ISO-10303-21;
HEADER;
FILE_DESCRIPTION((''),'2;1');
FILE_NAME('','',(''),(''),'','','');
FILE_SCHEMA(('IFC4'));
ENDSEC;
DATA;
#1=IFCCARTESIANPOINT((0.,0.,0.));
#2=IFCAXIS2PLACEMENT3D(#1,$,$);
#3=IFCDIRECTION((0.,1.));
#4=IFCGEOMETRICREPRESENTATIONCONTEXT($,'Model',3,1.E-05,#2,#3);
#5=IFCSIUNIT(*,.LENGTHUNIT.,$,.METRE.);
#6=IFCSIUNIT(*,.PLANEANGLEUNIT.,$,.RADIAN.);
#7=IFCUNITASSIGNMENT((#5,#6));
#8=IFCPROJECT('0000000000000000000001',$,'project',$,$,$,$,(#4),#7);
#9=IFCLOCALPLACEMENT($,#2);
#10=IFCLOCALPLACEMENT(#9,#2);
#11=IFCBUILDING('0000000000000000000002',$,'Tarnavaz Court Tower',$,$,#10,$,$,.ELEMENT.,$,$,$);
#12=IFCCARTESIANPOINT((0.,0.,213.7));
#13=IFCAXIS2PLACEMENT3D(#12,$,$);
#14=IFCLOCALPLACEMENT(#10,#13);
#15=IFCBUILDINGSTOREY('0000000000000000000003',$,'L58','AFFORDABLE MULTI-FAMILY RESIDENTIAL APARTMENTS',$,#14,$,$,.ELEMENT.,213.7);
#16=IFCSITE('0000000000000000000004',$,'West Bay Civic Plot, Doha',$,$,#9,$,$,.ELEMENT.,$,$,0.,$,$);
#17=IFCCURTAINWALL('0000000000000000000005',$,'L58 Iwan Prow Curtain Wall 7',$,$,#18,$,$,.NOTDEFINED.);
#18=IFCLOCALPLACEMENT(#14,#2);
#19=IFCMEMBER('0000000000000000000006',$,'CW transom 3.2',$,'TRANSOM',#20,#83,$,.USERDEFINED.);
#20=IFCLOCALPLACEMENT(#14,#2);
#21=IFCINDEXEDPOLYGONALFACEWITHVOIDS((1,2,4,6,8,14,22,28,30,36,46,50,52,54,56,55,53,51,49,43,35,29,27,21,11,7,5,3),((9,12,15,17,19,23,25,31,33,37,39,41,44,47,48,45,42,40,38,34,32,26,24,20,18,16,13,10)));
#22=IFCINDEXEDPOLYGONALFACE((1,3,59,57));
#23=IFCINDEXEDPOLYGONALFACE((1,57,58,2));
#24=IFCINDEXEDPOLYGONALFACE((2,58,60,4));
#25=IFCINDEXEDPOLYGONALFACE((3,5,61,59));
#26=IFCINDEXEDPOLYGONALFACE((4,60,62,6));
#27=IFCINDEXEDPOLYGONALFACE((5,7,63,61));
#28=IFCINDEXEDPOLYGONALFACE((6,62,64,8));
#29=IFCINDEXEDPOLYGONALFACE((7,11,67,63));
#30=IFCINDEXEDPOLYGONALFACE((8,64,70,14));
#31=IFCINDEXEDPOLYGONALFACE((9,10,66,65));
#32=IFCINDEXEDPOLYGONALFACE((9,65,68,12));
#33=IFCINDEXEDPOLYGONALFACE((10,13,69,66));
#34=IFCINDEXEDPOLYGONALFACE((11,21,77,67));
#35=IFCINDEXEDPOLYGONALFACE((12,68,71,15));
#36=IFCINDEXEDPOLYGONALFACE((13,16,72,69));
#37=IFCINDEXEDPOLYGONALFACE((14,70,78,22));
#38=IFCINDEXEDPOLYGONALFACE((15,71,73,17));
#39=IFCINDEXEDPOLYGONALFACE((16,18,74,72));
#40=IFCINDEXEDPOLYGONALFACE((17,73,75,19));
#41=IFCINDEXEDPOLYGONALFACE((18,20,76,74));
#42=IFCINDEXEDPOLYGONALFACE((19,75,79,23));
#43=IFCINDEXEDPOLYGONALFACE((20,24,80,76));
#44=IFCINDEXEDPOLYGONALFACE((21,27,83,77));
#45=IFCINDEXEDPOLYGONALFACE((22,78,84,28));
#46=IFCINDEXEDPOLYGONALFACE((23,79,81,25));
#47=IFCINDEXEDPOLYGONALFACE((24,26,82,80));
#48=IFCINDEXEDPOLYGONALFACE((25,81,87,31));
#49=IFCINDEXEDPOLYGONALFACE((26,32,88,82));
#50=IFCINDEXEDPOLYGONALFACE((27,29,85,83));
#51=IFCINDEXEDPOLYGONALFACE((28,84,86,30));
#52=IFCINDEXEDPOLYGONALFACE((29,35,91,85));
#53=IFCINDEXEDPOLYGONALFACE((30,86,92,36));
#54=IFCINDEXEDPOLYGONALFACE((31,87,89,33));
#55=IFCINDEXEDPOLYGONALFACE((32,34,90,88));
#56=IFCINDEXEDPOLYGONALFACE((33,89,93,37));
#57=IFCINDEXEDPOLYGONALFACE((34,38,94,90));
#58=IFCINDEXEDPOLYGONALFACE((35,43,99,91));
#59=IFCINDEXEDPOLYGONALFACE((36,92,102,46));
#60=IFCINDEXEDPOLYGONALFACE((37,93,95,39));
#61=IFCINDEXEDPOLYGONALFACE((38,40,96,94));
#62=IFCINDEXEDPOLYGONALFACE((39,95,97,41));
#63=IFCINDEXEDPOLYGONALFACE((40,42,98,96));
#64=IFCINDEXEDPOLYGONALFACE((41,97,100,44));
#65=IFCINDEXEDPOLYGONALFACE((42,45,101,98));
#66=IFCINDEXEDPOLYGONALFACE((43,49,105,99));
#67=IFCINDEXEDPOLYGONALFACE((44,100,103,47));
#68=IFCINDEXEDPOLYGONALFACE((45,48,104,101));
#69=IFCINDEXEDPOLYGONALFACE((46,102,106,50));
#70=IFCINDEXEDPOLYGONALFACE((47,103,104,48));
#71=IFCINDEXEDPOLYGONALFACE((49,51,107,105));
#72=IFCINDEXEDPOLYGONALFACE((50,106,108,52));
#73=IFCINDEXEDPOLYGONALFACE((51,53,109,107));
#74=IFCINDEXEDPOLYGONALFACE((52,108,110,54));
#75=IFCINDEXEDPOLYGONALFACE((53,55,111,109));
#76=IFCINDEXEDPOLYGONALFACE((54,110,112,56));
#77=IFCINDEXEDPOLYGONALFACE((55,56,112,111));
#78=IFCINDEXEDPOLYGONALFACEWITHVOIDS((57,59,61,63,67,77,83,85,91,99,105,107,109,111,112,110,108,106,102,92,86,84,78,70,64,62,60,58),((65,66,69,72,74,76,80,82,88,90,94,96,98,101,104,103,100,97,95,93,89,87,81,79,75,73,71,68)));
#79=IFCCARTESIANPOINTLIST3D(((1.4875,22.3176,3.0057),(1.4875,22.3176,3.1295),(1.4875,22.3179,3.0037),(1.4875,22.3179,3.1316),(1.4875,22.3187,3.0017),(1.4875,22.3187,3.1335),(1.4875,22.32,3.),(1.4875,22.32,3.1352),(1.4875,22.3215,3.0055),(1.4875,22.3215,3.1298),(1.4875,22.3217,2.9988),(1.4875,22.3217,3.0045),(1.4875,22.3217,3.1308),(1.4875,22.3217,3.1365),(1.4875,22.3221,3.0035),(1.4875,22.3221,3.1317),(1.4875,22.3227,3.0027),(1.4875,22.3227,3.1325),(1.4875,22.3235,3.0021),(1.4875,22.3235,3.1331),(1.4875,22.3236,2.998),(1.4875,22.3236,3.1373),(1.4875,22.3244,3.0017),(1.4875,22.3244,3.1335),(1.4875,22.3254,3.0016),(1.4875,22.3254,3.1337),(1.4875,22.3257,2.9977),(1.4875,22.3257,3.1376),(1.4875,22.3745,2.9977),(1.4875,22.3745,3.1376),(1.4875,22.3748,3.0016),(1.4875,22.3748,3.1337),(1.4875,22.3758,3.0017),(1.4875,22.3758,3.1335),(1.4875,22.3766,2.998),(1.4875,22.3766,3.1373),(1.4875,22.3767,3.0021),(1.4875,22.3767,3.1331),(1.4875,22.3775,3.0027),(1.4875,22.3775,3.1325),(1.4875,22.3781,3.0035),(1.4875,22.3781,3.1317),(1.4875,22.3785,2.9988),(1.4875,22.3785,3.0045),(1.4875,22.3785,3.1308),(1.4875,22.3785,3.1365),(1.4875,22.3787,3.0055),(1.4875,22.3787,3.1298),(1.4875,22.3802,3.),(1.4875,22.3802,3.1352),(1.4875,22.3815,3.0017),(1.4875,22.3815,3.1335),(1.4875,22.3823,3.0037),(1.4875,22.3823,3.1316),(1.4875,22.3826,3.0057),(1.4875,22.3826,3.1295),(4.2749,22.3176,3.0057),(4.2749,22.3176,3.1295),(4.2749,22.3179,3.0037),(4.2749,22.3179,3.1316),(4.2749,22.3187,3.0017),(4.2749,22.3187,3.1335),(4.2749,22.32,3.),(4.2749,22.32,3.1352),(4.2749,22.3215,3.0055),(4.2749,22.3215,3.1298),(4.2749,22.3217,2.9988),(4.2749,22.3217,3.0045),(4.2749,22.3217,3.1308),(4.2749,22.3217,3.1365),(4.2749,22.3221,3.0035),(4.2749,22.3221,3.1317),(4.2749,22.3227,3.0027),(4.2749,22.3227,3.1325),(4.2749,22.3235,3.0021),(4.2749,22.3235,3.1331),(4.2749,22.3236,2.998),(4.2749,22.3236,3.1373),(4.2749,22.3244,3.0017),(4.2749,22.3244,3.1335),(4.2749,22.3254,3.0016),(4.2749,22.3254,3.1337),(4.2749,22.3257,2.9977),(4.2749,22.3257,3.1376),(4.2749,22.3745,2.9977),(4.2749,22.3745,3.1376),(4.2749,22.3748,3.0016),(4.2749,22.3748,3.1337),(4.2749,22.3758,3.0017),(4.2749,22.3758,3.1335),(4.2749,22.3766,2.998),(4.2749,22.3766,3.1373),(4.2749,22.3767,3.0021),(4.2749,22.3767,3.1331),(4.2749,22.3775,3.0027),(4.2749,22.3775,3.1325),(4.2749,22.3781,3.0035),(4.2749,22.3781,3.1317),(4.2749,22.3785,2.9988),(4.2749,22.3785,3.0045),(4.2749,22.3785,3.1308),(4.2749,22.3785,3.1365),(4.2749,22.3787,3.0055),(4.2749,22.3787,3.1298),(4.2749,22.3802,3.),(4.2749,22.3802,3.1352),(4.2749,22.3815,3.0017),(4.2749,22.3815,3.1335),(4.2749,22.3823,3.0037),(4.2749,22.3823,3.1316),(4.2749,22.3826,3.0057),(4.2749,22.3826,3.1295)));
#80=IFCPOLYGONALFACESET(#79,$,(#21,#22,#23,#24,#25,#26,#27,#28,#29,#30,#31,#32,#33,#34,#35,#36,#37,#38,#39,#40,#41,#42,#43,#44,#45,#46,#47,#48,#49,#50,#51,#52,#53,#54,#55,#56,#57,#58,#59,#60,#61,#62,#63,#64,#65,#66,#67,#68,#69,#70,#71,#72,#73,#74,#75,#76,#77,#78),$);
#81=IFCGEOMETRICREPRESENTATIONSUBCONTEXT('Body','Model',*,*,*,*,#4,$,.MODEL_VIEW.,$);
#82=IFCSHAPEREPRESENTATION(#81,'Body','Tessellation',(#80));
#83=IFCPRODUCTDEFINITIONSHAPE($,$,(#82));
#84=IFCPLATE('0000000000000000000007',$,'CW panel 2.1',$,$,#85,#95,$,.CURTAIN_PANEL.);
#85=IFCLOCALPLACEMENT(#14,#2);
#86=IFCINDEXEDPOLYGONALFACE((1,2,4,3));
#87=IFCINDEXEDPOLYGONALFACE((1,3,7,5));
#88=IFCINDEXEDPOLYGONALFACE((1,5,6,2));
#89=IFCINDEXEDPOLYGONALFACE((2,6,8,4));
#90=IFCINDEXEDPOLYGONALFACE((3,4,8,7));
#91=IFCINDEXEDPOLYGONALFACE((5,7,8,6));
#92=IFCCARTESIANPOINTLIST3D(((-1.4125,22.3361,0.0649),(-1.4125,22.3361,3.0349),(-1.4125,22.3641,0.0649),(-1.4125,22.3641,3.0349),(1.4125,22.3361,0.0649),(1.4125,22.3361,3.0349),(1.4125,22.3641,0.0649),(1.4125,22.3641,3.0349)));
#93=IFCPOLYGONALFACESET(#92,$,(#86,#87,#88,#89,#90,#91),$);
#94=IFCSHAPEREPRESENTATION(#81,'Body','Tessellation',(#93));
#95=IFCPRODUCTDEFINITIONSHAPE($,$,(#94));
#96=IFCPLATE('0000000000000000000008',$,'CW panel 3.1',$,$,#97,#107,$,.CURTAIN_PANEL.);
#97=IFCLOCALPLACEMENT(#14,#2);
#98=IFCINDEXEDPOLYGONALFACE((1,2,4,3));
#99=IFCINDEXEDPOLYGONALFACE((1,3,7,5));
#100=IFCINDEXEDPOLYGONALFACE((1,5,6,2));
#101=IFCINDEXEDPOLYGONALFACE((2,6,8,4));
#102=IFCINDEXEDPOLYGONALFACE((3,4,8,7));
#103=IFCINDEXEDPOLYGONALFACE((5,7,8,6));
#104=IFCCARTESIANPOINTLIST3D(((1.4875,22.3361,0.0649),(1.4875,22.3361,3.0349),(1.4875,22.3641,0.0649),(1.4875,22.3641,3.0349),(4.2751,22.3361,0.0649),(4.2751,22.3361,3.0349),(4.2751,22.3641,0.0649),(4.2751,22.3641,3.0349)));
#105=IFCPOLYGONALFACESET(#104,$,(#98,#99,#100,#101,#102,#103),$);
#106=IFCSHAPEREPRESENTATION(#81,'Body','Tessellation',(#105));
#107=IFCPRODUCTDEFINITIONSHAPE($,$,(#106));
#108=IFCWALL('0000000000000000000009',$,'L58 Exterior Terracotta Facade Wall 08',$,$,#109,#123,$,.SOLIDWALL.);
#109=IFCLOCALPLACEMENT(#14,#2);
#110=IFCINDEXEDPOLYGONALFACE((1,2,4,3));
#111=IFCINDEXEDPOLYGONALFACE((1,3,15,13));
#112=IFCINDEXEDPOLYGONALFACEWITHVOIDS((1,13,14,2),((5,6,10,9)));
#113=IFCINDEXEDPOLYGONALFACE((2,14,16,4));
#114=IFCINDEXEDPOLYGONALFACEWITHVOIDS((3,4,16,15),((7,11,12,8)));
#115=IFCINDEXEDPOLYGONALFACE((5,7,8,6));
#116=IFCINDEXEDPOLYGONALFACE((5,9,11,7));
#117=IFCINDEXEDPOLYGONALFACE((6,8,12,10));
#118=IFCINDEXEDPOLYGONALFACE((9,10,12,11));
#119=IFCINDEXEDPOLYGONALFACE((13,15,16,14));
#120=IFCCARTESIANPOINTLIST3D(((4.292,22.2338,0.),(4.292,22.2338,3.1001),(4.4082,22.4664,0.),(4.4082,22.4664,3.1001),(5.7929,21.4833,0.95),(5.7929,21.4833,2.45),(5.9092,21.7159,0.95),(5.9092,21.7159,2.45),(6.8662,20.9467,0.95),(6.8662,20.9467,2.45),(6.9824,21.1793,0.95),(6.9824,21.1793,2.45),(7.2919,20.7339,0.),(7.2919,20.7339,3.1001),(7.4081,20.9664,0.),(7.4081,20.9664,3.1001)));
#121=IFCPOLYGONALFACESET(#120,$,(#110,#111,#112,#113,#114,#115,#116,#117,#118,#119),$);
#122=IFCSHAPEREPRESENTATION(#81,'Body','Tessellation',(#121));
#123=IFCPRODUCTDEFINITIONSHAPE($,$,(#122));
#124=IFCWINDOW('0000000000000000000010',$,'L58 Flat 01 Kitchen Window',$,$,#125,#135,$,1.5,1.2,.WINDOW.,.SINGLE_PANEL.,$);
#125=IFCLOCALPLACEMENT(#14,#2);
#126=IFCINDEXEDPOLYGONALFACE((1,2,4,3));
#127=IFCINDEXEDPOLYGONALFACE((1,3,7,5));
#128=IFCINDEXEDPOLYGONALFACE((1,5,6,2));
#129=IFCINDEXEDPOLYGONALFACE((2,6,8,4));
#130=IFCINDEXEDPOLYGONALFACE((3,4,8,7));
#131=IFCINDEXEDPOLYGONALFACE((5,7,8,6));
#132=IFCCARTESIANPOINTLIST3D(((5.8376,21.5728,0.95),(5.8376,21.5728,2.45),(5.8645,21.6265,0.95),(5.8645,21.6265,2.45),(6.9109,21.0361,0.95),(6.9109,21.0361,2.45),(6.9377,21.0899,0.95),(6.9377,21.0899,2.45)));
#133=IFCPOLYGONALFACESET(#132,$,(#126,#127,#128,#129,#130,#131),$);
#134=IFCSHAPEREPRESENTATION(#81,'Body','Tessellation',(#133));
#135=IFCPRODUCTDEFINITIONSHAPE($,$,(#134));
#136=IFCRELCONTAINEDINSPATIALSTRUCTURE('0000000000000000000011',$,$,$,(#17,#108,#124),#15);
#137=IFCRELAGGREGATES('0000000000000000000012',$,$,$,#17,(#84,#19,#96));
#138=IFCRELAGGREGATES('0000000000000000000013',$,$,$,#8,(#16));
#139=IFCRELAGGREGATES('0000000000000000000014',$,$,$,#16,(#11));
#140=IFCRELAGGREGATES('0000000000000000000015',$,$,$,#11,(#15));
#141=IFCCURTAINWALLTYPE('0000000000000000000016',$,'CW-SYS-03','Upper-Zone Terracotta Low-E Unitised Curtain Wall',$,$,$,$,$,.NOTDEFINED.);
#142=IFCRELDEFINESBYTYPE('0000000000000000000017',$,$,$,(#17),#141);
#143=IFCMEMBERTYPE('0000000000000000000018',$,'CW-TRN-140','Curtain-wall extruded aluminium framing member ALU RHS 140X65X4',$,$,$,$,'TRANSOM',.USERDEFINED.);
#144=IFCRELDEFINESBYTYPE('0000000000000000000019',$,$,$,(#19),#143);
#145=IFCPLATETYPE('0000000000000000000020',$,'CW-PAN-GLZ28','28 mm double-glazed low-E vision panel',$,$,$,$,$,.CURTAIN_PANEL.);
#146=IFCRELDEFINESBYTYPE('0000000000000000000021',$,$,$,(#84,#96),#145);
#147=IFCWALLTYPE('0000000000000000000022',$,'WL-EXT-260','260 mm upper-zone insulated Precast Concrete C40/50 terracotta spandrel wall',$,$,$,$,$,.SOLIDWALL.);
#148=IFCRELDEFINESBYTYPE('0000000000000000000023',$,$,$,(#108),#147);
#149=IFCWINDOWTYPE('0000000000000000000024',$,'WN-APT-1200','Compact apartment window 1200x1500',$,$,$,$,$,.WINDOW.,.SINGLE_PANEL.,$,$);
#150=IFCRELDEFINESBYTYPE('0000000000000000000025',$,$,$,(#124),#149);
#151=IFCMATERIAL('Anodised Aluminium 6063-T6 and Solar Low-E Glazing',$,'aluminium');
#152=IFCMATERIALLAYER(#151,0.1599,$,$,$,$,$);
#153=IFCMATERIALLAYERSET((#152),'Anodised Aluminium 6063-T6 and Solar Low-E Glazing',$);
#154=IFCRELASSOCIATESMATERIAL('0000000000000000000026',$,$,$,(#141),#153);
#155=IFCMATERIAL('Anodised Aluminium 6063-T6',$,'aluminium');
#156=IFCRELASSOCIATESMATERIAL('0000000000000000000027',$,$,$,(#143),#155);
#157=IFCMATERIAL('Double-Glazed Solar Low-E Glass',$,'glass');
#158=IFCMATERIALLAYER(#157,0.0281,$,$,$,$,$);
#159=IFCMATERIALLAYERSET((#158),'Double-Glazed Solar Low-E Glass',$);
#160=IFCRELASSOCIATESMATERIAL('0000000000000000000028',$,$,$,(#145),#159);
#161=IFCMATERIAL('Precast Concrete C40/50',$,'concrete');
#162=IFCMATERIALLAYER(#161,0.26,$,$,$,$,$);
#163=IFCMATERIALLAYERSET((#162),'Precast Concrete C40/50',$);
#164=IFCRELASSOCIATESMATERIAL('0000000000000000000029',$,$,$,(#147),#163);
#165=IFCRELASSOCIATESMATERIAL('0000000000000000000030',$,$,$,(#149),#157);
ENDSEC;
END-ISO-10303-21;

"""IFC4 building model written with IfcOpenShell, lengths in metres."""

from ifc_helpers import new_model, si_unit, direction, frame, frame_2d, origin, origin_2d, place, context, subcontext, project, spatial, rectangle, hollow_rectangle, extrude, material, layer, layer_set, material_profile, profile_set, type_object, element, fill, aggregate, save


model = new_model("IFC4")

# Units and contexts
model_context = context("Model", 3, precision=1e-05, world=origin(), true_north=direction((0.0, 1.0)))
body_context = subcontext(model_context, "Body", "Model", "MODEL_VIEW")
ifc_project = project(units=[si_unit("LENGTHUNIT", "METRE"), si_unit("PLANEANGLEUNIT", "RADIAN")], contexts=[model_context])

# Site, building, storey
site_placement = place(None, origin())
site = spatial("IfcSite", under=ifc_project, at=site_placement, Name="West Bay Civic Plot, Doha", CompositionType="ELEMENT", RefElevation=0.0)
building_placement = place(site_placement, origin())
building = spatial("IfcBuilding", under=site, at=building_placement, Name="Tarnavaz Court Tower", CompositionType="ELEMENT")
storey_placement = place(building_placement, frame((0.0, 0.0, 213.7)))
storey = spatial("IfcBuildingStorey", under=building, at=storey_placement, Name="L58", Description="AFFORDABLE MULTI-FAMILY RESIDENTIAL APARTMENTS", CompositionType="ELEMENT", Elevation=213.7)

# Curtain wall, member, plates
ifc_material_1 = material(Name="Anodised Aluminium 6063-T6 and Solar Low-E Glazing", Category="aluminium")
ifc_layer_1 = layer(ifc_material_1, 0.1599)
ifc_layer_set_1 = layer_set([ifc_layer_1], Name="Anodised Aluminium 6063-T6 and Solar Low-E Glazing")
curtain_wall_type = type_object("IfcCurtainWallType", Name="CW-SYS-03", Description="Upper-Zone Terracotta Low-E Unitised Curtain Wall", PredefinedType="NOTDEFINED", material=ifc_layer_set_1)
curtain_wall_placement = place(storey_placement, origin())
curtain_wall = element("IfcCurtainWall", 1, at=curtain_wall_placement, inside=storey, type_object=curtain_wall_type, Name="L58 Iwan Prow Curtain Wall 7", PredefinedType="NOTDEFINED")
ifc_material_2 = material(Name="Anodised Aluminium 6063-T6", Category="aluminium")
ifc_material_profile_1 = material_profile(ifc_material_2, hollow_rectangle(XDim=0.0649, YDim=0.1399, WallThickness=0.0039, InnerFilletRadius=0.0039, OuterFilletRadius=0.0081, at=origin_2d()), Name="ALU RHS 140X65X4")
ifc_profile_set_1 = profile_set([ifc_material_profile_1], Name="Anodised Aluminium 6063-T6")
member_type_1 = type_object("IfcMemberType", Name="CW-TRN-140", Description="Curtain-wall extruded aluminium framing member ALU RHS 140X65X4", ElementType="TRANSOM", PredefinedType="USERDEFINED", material=ifc_profile_set_1)
member_1_placement = place(storey_placement, frame((1.4875, 22.3501, 3.0676), z_axis=(1.0, 0.0, 0.0), x_axis=(0.0, 1.0, 0.0)))
member_1 = element("IfcMember", 2, at=member_1_placement, type_object=member_type_1, Name="CW transom 3.2", ObjectType="TRANSOM", PredefinedType="USERDEFINED", context=body_context, shape_type="SweptSolid", body=[
    extrude(hollow_rectangle(XDim=0.0649, YDim=0.1399, WallThickness=0.0039, InnerFilletRadius=0.0039, OuterFilletRadius=0.0081, at=origin_2d()), origin(), (0.0, 0.0, 1.0), 2.7874),
])
ifc_material_3 = material(Name="Double-Glazed Solar Low-E Glass", Category="glass")
ifc_layer_2 = layer(ifc_material_3, 0.0281)
ifc_layer_set_2 = layer_set([ifc_layer_2], Name="Double-Glazed Solar Low-E Glass")
plate_type = type_object("IfcPlateType", Name="CW-PAN-GLZ28", Description="28 mm double-glazed low-E vision panel", PredefinedType="CURTAIN_PANEL", material=ifc_layer_set_2)
plate_1_placement = place(storey_placement, frame((0.0, 22.3501, 0.0649), z_axis=(0.0, 0.0, 1.0), x_axis=(1.0, 0.0, 0.0)))
plate_1 = element("IfcPlate", 3, at=plate_1_placement, type_object=plate_type, Name="CW panel 2.1", PredefinedType="CURTAIN_PANEL", context=body_context, shape_type="SweptSolid", body=[
    extrude(rectangle(XDim=2.825, YDim=0.0281, at=origin_2d()), origin(), (0.0, 0.0, 1.0), 2.97),
])
plate_2_placement = place(storey_placement, frame((2.8813, 22.3501, 0.0649), z_axis=(0.0, 0.0, 1.0), x_axis=(1.0, 0.0, 0.0)))
plate_2 = element("IfcPlate", 4, at=plate_2_placement, type_object=plate_type, Name="CW panel 3.1", PredefinedType="CURTAIN_PANEL", context=body_context, shape_type="SweptSolid", body=[
    extrude(rectangle(XDim=2.7876, YDim=0.0281, at=origin_2d()), origin(), (0.0, 0.0, 1.0), 2.97),
])
aggregate(curtain_wall, [plate_1, member_1, plate_2])

# Wall, opening, window
ifc_material_4 = material(Name="Precast Concrete C40/50", Category="concrete")
ifc_layer_3 = layer(ifc_material_4, 0.26)
ifc_layer_set_3 = layer_set([ifc_layer_3], Name="Precast Concrete C40/50")
wall_type = type_object("IfcWallType", Name="WL-EXT-260", Description="260 mm upper-zone insulated Precast Concrete C40/50 terracotta spandrel wall", PredefinedType="SOLIDWALL", material=ifc_layer_set_3)
wall_1_placement = place(storey_placement, frame((4.3501, 22.3501, 0.0), z_axis=(0.0, 0.0, 1.0), x_axis=(0.894427, -0.447214, 0.0)))
wall_1 = element("IfcWall", 5, at=wall_1_placement, inside=storey, type_object=wall_type, Name="L58 Exterior Terracotta Facade Wall 08", PredefinedType="SOLIDWALL", context=body_context, shape_type="SweptSolid", body=[
    extrude(rectangle(XDim=3.354, YDim=0.26, at=frame_2d((1.677, 0.0))), origin(), (0.0, 0.0, 1.0), 3.1001),
])
opening_1_placement = place(wall_1_placement, frame((1.678, 0.0, 0.95)))
opening_1 = element("IfcOpeningElement", 6, at=opening_1_placement, cuts=wall_1, PredefinedType="OPENING", context=body_context, shape_type="SweptSolid", body=[
    extrude(rectangle(XDim=1.2, YDim=1.5, at=frame_2d((0.6001, 0.75))), frame((0.0, 0.1399, 0.0), z_axis=(0.0, -1.0, 0.0), x_axis=(1.0, 0.0, 0.0)), (0.0, 0.0, 1.0), 0.28),
])
window_type_1 = type_object("IfcWindowType", Name="WN-APT-1200", Description="Compact apartment window 1200x1500", PartitioningType="SINGLE_PANEL", PredefinedType="WINDOW", material=ifc_material_3)
window_1_placement = place(opening_1_placement, origin())
window_1 = element("IfcWindow", 7, at=window_1_placement, inside=storey, type_object=window_type_1, Name="L58 Flat 01 Kitchen Window", OverallHeight=1.5, OverallWidth=1.2, PartitioningType="SINGLE_PANEL", PredefinedType="WINDOW", context=body_context, shape_type="SweptSolid", body=[
    extrude(rectangle(XDim=1.2, YDim=1.5, at=frame_2d((0.6001, 0.75))), frame((0.0, 0.03, 0.0), z_axis=(0.0, -1.0, 0.0), x_axis=(1.0, 0.0, 0.0)), (0.0, 0.0, 1.0), 0.0601),
])
fill(opening_1, window_1)

save(model, "model.ifc")
